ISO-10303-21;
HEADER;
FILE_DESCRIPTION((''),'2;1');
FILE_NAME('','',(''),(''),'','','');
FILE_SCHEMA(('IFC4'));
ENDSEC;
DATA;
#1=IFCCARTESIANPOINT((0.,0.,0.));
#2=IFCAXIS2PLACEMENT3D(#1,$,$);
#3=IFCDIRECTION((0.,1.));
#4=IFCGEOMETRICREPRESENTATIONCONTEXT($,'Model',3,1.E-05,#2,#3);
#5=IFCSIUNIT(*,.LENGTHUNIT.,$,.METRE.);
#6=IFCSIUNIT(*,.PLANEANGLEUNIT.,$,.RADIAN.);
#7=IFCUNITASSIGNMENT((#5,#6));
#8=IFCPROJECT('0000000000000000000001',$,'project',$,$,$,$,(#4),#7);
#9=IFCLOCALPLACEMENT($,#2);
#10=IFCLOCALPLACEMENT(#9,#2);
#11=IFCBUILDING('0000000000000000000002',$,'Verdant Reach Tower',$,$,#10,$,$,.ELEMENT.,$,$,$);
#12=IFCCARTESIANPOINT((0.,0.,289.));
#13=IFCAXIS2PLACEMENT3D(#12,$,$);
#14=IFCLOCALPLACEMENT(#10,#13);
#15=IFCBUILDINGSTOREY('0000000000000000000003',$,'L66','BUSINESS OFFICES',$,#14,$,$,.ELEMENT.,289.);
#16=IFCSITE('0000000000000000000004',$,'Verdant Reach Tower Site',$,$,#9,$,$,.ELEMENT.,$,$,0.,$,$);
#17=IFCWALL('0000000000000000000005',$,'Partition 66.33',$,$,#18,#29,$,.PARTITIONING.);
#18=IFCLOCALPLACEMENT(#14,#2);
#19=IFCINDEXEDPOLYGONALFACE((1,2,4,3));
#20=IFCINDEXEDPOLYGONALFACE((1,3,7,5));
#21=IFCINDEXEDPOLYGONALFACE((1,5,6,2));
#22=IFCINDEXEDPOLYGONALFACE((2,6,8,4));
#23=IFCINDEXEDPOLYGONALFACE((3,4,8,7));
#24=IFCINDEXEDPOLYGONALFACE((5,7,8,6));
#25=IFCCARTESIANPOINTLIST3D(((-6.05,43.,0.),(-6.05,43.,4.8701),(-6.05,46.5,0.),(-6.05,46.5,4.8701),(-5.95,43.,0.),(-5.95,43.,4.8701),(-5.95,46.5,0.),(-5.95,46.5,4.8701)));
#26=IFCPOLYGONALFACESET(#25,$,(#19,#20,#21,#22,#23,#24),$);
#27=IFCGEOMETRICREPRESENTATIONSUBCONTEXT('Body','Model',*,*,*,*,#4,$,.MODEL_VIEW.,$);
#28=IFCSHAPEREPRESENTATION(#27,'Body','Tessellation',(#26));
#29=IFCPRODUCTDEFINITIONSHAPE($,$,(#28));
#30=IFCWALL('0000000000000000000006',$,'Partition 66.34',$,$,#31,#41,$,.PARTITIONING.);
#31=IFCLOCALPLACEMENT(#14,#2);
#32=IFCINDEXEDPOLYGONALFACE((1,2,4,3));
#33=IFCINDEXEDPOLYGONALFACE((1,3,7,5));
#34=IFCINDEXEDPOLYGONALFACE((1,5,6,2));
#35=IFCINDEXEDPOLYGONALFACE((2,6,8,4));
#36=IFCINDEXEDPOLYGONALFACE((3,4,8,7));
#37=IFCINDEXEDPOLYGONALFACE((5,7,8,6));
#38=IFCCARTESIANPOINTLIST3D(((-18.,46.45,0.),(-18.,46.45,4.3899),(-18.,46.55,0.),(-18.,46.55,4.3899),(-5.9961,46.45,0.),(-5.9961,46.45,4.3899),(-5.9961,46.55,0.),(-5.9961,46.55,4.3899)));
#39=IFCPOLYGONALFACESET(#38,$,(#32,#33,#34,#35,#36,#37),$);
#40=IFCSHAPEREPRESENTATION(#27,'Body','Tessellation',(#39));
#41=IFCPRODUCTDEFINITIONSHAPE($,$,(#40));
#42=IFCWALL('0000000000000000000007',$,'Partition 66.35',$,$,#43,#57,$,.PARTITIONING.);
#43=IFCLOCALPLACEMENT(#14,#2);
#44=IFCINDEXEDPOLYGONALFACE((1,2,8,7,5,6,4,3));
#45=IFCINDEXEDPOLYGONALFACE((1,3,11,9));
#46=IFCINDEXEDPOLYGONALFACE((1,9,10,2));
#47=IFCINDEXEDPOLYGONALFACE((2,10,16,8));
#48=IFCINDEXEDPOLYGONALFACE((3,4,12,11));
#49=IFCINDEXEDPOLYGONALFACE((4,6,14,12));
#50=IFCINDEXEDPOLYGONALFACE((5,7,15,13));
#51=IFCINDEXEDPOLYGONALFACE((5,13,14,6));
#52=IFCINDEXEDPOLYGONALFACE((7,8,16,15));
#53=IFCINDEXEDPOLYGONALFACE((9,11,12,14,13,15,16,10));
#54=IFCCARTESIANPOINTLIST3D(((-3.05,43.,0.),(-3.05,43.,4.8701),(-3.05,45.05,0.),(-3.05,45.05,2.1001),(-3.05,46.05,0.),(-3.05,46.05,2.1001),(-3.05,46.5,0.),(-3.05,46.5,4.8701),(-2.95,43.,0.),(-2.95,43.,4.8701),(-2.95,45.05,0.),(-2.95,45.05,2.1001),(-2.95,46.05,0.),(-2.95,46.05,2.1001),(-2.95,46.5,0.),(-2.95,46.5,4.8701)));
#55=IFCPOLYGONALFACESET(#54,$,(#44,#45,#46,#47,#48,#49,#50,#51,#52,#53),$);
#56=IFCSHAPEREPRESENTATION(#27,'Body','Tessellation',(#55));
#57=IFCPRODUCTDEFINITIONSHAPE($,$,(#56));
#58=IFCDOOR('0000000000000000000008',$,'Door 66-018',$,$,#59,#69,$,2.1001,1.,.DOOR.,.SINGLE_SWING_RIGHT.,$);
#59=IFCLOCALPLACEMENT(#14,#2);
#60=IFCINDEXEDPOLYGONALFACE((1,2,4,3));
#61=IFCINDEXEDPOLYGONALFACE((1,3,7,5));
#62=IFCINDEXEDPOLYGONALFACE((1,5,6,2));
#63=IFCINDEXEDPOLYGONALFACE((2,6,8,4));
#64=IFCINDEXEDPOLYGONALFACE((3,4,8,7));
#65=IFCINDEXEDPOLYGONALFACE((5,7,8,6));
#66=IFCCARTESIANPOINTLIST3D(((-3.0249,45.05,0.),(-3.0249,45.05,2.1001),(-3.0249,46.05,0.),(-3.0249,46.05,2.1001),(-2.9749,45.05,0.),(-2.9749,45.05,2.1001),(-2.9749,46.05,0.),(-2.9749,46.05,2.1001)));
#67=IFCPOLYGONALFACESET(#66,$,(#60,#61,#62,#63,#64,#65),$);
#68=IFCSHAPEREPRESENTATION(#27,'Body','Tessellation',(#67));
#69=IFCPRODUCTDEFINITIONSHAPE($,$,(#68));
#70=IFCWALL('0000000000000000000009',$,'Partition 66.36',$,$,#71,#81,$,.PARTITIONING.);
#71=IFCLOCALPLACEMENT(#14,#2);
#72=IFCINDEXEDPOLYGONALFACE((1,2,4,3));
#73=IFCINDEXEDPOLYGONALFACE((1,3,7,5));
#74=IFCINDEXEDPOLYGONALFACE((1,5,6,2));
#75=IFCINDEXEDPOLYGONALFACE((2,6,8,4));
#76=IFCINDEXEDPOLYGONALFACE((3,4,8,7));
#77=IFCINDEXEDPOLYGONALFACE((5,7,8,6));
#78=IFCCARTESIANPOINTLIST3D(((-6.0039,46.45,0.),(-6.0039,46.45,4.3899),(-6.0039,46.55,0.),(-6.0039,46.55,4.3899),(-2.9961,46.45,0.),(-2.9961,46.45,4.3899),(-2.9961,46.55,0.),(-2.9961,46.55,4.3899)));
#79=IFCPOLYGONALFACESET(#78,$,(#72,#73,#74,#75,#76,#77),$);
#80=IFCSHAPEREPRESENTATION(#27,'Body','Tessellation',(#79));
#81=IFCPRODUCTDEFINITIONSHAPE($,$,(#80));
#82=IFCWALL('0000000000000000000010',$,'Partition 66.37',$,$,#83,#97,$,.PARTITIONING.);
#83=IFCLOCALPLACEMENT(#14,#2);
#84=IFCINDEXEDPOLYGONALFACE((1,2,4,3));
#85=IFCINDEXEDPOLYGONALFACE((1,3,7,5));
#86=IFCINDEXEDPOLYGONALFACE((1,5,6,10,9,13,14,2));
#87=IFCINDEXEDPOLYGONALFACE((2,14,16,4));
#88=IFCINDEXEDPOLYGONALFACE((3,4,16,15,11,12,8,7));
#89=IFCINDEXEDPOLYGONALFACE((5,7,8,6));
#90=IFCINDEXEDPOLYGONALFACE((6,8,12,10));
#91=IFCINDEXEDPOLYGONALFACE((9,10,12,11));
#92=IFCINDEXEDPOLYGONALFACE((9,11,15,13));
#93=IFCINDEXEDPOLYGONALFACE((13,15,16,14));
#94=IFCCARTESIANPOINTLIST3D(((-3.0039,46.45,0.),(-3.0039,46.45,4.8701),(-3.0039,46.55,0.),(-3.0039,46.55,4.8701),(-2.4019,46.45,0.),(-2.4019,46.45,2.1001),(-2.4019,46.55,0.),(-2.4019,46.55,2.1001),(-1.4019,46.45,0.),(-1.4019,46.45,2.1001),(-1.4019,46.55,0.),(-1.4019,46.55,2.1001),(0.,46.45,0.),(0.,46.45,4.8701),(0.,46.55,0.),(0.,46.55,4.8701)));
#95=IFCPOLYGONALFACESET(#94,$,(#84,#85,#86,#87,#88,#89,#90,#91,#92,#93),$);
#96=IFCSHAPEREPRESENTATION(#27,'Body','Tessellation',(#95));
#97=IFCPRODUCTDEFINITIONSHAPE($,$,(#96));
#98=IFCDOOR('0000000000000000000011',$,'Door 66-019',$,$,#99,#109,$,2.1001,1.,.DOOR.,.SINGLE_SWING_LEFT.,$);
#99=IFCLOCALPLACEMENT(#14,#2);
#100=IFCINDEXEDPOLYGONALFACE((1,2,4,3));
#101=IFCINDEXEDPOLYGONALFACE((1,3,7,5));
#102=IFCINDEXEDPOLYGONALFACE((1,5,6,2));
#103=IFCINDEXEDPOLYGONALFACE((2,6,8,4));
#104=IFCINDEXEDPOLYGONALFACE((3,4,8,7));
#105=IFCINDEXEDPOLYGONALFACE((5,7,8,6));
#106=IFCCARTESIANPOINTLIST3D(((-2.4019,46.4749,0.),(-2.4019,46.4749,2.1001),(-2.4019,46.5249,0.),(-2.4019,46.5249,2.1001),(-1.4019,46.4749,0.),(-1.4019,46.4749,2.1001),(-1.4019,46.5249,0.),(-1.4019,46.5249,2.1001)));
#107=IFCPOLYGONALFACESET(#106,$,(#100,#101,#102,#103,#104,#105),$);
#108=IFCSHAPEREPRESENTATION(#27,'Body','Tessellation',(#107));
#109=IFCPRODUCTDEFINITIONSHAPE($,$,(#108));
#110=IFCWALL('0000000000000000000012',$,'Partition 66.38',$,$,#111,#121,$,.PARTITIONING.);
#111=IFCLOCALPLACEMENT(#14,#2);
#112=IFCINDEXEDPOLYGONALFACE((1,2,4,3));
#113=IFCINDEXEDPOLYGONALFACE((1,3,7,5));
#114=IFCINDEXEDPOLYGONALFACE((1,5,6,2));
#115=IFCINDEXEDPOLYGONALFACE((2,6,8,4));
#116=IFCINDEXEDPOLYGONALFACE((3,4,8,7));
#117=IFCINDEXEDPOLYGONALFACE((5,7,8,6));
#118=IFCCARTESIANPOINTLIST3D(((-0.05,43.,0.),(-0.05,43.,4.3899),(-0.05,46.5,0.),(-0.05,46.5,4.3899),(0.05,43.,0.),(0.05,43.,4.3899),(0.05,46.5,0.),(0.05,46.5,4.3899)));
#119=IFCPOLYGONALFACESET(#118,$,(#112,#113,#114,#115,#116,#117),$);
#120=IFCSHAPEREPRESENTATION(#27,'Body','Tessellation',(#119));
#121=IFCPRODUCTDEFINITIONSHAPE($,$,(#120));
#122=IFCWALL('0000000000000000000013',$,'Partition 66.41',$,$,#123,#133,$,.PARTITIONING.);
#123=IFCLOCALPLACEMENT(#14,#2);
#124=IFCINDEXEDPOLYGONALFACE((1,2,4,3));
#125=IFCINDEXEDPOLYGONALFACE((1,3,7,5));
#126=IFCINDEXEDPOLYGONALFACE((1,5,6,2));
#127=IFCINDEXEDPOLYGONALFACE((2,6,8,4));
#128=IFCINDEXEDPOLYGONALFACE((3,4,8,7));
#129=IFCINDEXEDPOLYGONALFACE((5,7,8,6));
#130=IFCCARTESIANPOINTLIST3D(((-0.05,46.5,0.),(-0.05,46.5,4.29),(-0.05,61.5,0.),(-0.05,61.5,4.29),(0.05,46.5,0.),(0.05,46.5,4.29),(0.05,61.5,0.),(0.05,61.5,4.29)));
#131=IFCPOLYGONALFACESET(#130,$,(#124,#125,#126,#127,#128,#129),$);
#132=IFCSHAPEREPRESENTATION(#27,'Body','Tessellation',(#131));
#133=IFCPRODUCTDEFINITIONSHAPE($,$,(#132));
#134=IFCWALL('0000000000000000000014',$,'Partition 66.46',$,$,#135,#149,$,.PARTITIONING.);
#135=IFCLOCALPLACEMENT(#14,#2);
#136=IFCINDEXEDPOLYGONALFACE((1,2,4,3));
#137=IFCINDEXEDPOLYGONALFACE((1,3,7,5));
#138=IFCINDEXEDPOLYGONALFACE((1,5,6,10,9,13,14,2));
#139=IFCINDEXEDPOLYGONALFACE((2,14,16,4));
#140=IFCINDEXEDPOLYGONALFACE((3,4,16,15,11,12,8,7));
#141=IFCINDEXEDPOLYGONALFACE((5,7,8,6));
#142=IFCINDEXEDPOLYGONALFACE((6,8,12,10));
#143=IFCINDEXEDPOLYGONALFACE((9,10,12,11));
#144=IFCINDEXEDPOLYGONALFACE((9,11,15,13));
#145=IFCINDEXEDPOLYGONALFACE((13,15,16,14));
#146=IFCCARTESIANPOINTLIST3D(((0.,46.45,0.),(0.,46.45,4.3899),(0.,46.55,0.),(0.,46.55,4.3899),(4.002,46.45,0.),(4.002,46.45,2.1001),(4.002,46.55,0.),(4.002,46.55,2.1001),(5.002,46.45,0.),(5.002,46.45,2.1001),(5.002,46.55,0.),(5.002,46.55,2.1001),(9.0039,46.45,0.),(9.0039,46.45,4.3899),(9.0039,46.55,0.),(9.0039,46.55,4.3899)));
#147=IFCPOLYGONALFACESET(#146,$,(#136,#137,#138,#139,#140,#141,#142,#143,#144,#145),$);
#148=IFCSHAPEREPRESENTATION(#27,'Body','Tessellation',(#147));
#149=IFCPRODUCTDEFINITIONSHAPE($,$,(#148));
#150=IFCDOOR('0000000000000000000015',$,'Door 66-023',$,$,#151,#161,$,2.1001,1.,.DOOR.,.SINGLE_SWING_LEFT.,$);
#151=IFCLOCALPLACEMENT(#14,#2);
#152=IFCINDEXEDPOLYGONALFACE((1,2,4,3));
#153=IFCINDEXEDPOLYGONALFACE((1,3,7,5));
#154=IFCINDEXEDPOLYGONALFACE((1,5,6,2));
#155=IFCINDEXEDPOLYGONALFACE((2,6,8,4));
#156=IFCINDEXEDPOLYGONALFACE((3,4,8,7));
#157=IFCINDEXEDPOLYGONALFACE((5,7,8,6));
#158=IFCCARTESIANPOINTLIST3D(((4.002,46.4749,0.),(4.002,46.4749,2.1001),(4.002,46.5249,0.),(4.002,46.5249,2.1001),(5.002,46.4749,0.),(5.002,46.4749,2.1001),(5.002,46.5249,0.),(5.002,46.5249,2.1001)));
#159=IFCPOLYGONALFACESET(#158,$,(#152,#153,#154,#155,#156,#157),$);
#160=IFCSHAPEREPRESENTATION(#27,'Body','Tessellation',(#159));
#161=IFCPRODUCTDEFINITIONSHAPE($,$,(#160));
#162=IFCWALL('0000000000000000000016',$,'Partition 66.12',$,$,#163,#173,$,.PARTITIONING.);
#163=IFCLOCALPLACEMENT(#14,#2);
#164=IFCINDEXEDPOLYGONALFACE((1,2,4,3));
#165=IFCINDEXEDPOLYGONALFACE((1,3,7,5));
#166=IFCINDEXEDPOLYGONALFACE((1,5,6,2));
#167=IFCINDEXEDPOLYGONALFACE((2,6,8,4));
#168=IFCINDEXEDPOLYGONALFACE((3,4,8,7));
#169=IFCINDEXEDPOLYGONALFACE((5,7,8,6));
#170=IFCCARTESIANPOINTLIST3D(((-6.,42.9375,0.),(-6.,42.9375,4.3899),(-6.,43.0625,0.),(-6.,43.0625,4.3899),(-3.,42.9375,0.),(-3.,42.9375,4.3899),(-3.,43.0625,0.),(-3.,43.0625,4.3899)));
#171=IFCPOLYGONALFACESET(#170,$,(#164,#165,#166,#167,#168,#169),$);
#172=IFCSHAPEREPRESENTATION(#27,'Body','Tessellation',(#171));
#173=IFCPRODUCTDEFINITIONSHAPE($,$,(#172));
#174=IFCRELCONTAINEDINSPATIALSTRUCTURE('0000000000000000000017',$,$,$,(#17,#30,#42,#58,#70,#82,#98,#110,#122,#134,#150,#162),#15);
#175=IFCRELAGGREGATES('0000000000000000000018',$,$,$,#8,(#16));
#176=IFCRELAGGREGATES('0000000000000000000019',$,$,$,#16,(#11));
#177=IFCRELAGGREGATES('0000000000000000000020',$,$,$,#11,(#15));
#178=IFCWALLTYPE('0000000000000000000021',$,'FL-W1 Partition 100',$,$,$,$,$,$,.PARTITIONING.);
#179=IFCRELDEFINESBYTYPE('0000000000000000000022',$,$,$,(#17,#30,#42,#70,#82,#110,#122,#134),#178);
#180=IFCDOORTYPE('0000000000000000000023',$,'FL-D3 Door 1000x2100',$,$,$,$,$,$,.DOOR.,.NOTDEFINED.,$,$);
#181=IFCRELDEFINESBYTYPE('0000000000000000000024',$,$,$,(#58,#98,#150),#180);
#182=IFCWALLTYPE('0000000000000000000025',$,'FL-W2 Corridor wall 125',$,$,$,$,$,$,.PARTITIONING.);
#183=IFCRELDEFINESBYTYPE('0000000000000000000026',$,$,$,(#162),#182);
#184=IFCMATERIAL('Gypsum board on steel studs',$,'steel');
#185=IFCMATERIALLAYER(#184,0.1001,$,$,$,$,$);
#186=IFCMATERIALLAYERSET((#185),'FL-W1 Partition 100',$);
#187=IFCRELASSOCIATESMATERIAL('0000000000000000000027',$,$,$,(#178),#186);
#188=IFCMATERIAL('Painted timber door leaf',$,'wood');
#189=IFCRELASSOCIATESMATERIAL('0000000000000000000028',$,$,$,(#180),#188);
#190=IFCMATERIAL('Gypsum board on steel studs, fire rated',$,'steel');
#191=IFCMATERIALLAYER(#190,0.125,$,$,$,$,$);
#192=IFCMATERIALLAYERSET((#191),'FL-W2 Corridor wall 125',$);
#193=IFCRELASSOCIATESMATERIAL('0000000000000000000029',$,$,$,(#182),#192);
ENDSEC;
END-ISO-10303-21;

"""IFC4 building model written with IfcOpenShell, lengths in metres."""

from ifc_helpers import new_model, si_unit, direction, frame, frame_2d, origin, place, context, subcontext, project, spatial, rectangle, extrude, material, layer, layer_set, type_object, element, fill, save


model = new_model("IFC4")

# Units and contexts
model_context = context("Model", 3, precision=1e-05, world=origin(), true_north=direction((0.0, 1.0)))
body_context = subcontext(model_context, "Body", "Model", "MODEL_VIEW")
ifc_project = project(units=[si_unit("LENGTHUNIT", "METRE"), si_unit("PLANEANGLEUNIT", "RADIAN")], contexts=[model_context])

# Site, building, storey
site_placement = place(None, origin())
site = spatial("IfcSite", under=ifc_project, at=site_placement, Name="Verdant Reach Tower Site", CompositionType="ELEMENT", RefElevation=0.0)
building_placement = place(site_placement, origin())
building = spatial("IfcBuilding", under=site, at=building_placement, Name="Verdant Reach Tower", CompositionType="ELEMENT")
storey_placement = place(building_placement, frame((0.0, 0.0, 289.0)))
storey = spatial("IfcBuildingStorey", under=building, at=storey_placement, Name="L66", Description="BUSINESS OFFICES", CompositionType="ELEMENT", Elevation=289.0)

# Walls
ifc_material_1 = material(Name="Gypsum board on steel studs", Category="steel")
ifc_layer_1 = layer(ifc_material_1, 0.1001)
ifc_layer_set_1 = layer_set([ifc_layer_1], Name="FL-W1 Partition 100")
wall_type_1 = type_object("IfcWallType", Name="FL-W1 Partition 100", PredefinedType="PARTITIONING", material=ifc_layer_set_1)
wall_1_placement = place(storey_placement, frame((-6.0, 43.0, 0.0), z_axis=(0.0, 0.0, 1.0), x_axis=(0.0, 1.0, 0.0)))
element("IfcWall", 1, at=wall_1_placement, inside=storey, type_object=wall_type_1, Name="Partition 66.33", PredefinedType="PARTITIONING", context=body_context, shape_type="SweptSolid", body=[
    extrude(rectangle(XDim=3.5, YDim=0.1001, at=frame_2d((1.75, 0.0))), origin(), (0.0, 0.0, 1.0), 4.8701),
])
wall_2_placement = place(storey_placement, frame((-5.9961, 46.5, 0.0), z_axis=(0.0, 0.0, 1.0), x_axis=(-1.0, 0.0, 0.0)))
element("IfcWall", 2, at=wall_2_placement, inside=storey, type_object=wall_type_1, Name="Partition 66.34", PredefinedType="PARTITIONING", context=body_context, shape_type="SweptSolid", body=[
    extrude(rectangle(XDim=12.0039, YDim=0.1001, at=frame_2d((6.002, 0.0))), origin(), (0.0, 0.0, 1.0), 4.3899),
])

# Wall, opening, door
wall_3_placement = place(storey_placement, frame((-3.0, 43.0, 0.0), z_axis=(0.0, 0.0, 1.0), x_axis=(0.0, 1.0, 0.0)))
wall_3 = element("IfcWall", 3, at=wall_3_placement, inside=storey, type_object=wall_type_1, Name="Partition 66.35", PredefinedType="PARTITIONING", context=body_context, shape_type="SweptSolid", body=[
    extrude(rectangle(XDim=3.5, YDim=0.1001, at=frame_2d((1.75, 0.0))), origin(), (0.0, 0.0, 1.0), 4.8701),
])
opening_1_placement = place(wall_3_placement, frame((2.05, 0.0, 0.0)))
opening_1 = element("IfcOpeningElement", 4, at=opening_1_placement, cuts=wall_3, PredefinedType="OPENING", context=body_context, shape_type="SweptSolid", body=[
    extrude(rectangle(XDim=1.0, YDim=2.1001, at=frame_2d((0.5, 1.05))), frame((0.0, 0.0601, 0.0), z_axis=(0.0, -1.0, 0.0), x_axis=(1.0, 0.0, 0.0)), (0.0, 0.0, 1.0), 0.1201),
])
ifc_material_2 = material(Name="Painted timber door leaf", Category="wood")
door_type_1 = type_object("IfcDoorType", Name="FL-D3 Door 1000x2100", OperationType="NOTDEFINED", PredefinedType="DOOR", material=ifc_material_2)
door_1_placement = place(opening_1_placement, origin())
door_1 = element("IfcDoor", 5, at=door_1_placement, inside=storey, type_object=door_type_1, Name="Door 66-018", OperationType="SINGLE_SWING_RIGHT", OverallHeight=2.1001, OverallWidth=1.0, PredefinedType="DOOR", context=body_context, shape_type="SweptSolid", body=[
    extrude(rectangle(XDim=1.0, YDim=2.1001, at=frame_2d((0.5, 1.05))), frame((0.0, 0.0249, 0.0), z_axis=(0.0, -1.0, 0.0), x_axis=(1.0, 0.0, 0.0)), (0.0, 0.0, 1.0), 0.05),
])
fill(opening_1, door_1)

# Wall
wall_4_placement = place(storey_placement, frame((-2.9961, 46.5, 0.0), z_axis=(0.0, 0.0, 1.0), x_axis=(-1.0, 0.0, 0.0)))
element("IfcWall", 6, at=wall_4_placement, inside=storey, type_object=wall_type_1, Name="Partition 66.36", PredefinedType="PARTITIONING", context=body_context, shape_type="SweptSolid", body=[
    extrude(rectangle(XDim=3.0078, YDim=0.1001, at=frame_2d((1.5039, 0.0))), origin(), (0.0, 0.0, 1.0), 4.3899),
])

# Wall, opening, door
wall_5_placement = place(storey_placement, frame((-3.0039, 46.5, 0.0), z_axis=(0.0, 0.0, 1.0), x_axis=(1.0, 0.0, 0.0)))
wall_5 = element("IfcWall", 7, at=wall_5_placement, inside=storey, type_object=wall_type_1, Name="Partition 66.37", PredefinedType="PARTITIONING", context=body_context, shape_type="SweptSolid", body=[
    extrude(rectangle(XDim=3.0039, YDim=0.1001, at=frame_2d((1.502, 0.0))), origin(), (0.0, 0.0, 1.0), 4.8701),
])
opening_2_placement = place(wall_5_placement, frame((0.6021, 0.0, 0.0)))
opening_2 = element("IfcOpeningElement", 8, at=opening_2_placement, cuts=wall_5, PredefinedType="OPENING", context=body_context, shape_type="SweptSolid", body=[
    extrude(rectangle(XDim=1.0, YDim=2.1001, at=frame_2d((0.5, 1.05))), frame((0.0, 0.0601, 0.0), z_axis=(0.0, -1.0, 0.0), x_axis=(1.0, 0.0, 0.0)), (0.0, 0.0, 1.0), 0.1201),
])
door_2_placement = place(opening_2_placement, origin())
door_2 = element("IfcDoor", 9, at=door_2_placement, inside=storey, type_object=door_type_1, Name="Door 66-019", OperationType="SINGLE_SWING_LEFT", OverallHeight=2.1001, OverallWidth=1.0, PredefinedType="DOOR", context=body_context, shape_type="SweptSolid", body=[
    extrude(rectangle(XDim=1.0, YDim=2.1001, at=frame_2d((0.5, 1.05))), frame((0.0, 0.0249, 0.0), z_axis=(0.0, -1.0, 0.0), x_axis=(1.0, 0.0, 0.0)), (0.0, 0.0, 1.0), 0.05),
])
fill(opening_2, door_2)

# Walls
wall_6_placement = place(storey_placement, frame((0.0, 43.0, 0.0), z_axis=(0.0, 0.0, 1.0), x_axis=(0.0, 1.0, 0.0)))
element("IfcWall", 10, at=wall_6_placement, inside=storey, type_object=wall_type_1, Name="Partition 66.38", PredefinedType="PARTITIONING", context=body_context, shape_type="SweptSolid", body=[
    extrude(rectangle(XDim=3.5, YDim=0.1001, at=frame_2d((1.75, 0.0))), origin(), (0.0, 0.0, 1.0), 4.3899),
])
wall_7_placement = place(storey_placement, frame((0.0, 46.5, 0.0), z_axis=(0.0, 0.0, 1.0), x_axis=(0.0, 1.0, 0.0)))
element("IfcWall", 11, at=wall_7_placement, inside=storey, type_object=wall_type_1, Name="Partition 66.41", PredefinedType="PARTITIONING", context=body_context, shape_type="SweptSolid", body=[
    extrude(rectangle(XDim=15.0, YDim=0.1001, at=frame_2d((7.5, 0.0))), origin(), (0.0, 0.0, 1.0), 4.29),
])

# Wall, opening, door
wall_8_placement = place(storey_placement, frame((0.0, 46.5, 0.0), z_axis=(0.0, 0.0, 1.0), x_axis=(1.0, 0.0, 0.0)))
wall_8 = element("IfcWall", 12, at=wall_8_placement, inside=storey, type_object=wall_type_1, Name="Partition 66.46", PredefinedType="PARTITIONING", context=body_context, shape_type="SweptSolid", body=[
    extrude(rectangle(XDim=9.0039, YDim=0.1001, at=frame_2d((4.502, 0.0))), origin(), (0.0, 0.0, 1.0), 4.3899),
])
opening_3_placement = place(wall_8_placement, frame((4.002, 0.0, 0.0)))
opening_3 = element("IfcOpeningElement", 13, at=opening_3_placement, cuts=wall_8, PredefinedType="OPENING", context=body_context, shape_type="SweptSolid", body=[
    extrude(rectangle(XDim=1.0, YDim=2.1001, at=frame_2d((0.5, 1.05))), frame((0.0, 0.0601, 0.0), z_axis=(0.0, -1.0, 0.0), x_axis=(1.0, 0.0, 0.0)), (0.0, 0.0, 1.0), 0.1201),
])
door_3_placement = place(opening_3_placement, origin())
door_3 = element("IfcDoor", 14, at=door_3_placement, inside=storey, type_object=door_type_1, Name="Door 66-023", OperationType="SINGLE_SWING_LEFT", OverallHeight=2.1001, OverallWidth=1.0, PredefinedType="DOOR", context=body_context, shape_type="SweptSolid", body=[
    extrude(rectangle(XDim=1.0, YDim=2.1001, at=frame_2d((0.5, 1.05))), frame((0.0, 0.0249, 0.0), z_axis=(0.0, -1.0, 0.0), x_axis=(1.0, 0.0, 0.0)), (0.0, 0.0, 1.0), 0.05),
])
fill(opening_3, door_3)

# Wall
ifc_material_3 = material(Name="Gypsum board on steel studs, fire rated", Category="steel")
ifc_layer_2 = layer(ifc_material_3, 0.125)
ifc_layer_set_2 = layer_set([ifc_layer_2], Name="FL-W2 Corridor wall 125")
wall_type_2 = type_object("IfcWallType", Name="FL-W2 Corridor wall 125", PredefinedType="PARTITIONING", material=ifc_layer_set_2)
wall_9_placement = place(storey_placement, frame((-3.0, 43.0, 0.0), z_axis=(0.0, 0.0, 1.0), x_axis=(-1.0, 0.0, 0.0)))
element("IfcWall", 15, at=wall_9_placement, inside=storey, type_object=wall_type_2, Name="Partition 66.12", PredefinedType="PARTITIONING", context=body_context, shape_type="SweptSolid", body=[
    extrude(rectangle(XDim=3.0, YDim=0.125, at=frame_2d((1.5, 0.0))), origin(), (0.0, 0.0, 1.0), 4.3899),
])

save(model, "model.ifc")
